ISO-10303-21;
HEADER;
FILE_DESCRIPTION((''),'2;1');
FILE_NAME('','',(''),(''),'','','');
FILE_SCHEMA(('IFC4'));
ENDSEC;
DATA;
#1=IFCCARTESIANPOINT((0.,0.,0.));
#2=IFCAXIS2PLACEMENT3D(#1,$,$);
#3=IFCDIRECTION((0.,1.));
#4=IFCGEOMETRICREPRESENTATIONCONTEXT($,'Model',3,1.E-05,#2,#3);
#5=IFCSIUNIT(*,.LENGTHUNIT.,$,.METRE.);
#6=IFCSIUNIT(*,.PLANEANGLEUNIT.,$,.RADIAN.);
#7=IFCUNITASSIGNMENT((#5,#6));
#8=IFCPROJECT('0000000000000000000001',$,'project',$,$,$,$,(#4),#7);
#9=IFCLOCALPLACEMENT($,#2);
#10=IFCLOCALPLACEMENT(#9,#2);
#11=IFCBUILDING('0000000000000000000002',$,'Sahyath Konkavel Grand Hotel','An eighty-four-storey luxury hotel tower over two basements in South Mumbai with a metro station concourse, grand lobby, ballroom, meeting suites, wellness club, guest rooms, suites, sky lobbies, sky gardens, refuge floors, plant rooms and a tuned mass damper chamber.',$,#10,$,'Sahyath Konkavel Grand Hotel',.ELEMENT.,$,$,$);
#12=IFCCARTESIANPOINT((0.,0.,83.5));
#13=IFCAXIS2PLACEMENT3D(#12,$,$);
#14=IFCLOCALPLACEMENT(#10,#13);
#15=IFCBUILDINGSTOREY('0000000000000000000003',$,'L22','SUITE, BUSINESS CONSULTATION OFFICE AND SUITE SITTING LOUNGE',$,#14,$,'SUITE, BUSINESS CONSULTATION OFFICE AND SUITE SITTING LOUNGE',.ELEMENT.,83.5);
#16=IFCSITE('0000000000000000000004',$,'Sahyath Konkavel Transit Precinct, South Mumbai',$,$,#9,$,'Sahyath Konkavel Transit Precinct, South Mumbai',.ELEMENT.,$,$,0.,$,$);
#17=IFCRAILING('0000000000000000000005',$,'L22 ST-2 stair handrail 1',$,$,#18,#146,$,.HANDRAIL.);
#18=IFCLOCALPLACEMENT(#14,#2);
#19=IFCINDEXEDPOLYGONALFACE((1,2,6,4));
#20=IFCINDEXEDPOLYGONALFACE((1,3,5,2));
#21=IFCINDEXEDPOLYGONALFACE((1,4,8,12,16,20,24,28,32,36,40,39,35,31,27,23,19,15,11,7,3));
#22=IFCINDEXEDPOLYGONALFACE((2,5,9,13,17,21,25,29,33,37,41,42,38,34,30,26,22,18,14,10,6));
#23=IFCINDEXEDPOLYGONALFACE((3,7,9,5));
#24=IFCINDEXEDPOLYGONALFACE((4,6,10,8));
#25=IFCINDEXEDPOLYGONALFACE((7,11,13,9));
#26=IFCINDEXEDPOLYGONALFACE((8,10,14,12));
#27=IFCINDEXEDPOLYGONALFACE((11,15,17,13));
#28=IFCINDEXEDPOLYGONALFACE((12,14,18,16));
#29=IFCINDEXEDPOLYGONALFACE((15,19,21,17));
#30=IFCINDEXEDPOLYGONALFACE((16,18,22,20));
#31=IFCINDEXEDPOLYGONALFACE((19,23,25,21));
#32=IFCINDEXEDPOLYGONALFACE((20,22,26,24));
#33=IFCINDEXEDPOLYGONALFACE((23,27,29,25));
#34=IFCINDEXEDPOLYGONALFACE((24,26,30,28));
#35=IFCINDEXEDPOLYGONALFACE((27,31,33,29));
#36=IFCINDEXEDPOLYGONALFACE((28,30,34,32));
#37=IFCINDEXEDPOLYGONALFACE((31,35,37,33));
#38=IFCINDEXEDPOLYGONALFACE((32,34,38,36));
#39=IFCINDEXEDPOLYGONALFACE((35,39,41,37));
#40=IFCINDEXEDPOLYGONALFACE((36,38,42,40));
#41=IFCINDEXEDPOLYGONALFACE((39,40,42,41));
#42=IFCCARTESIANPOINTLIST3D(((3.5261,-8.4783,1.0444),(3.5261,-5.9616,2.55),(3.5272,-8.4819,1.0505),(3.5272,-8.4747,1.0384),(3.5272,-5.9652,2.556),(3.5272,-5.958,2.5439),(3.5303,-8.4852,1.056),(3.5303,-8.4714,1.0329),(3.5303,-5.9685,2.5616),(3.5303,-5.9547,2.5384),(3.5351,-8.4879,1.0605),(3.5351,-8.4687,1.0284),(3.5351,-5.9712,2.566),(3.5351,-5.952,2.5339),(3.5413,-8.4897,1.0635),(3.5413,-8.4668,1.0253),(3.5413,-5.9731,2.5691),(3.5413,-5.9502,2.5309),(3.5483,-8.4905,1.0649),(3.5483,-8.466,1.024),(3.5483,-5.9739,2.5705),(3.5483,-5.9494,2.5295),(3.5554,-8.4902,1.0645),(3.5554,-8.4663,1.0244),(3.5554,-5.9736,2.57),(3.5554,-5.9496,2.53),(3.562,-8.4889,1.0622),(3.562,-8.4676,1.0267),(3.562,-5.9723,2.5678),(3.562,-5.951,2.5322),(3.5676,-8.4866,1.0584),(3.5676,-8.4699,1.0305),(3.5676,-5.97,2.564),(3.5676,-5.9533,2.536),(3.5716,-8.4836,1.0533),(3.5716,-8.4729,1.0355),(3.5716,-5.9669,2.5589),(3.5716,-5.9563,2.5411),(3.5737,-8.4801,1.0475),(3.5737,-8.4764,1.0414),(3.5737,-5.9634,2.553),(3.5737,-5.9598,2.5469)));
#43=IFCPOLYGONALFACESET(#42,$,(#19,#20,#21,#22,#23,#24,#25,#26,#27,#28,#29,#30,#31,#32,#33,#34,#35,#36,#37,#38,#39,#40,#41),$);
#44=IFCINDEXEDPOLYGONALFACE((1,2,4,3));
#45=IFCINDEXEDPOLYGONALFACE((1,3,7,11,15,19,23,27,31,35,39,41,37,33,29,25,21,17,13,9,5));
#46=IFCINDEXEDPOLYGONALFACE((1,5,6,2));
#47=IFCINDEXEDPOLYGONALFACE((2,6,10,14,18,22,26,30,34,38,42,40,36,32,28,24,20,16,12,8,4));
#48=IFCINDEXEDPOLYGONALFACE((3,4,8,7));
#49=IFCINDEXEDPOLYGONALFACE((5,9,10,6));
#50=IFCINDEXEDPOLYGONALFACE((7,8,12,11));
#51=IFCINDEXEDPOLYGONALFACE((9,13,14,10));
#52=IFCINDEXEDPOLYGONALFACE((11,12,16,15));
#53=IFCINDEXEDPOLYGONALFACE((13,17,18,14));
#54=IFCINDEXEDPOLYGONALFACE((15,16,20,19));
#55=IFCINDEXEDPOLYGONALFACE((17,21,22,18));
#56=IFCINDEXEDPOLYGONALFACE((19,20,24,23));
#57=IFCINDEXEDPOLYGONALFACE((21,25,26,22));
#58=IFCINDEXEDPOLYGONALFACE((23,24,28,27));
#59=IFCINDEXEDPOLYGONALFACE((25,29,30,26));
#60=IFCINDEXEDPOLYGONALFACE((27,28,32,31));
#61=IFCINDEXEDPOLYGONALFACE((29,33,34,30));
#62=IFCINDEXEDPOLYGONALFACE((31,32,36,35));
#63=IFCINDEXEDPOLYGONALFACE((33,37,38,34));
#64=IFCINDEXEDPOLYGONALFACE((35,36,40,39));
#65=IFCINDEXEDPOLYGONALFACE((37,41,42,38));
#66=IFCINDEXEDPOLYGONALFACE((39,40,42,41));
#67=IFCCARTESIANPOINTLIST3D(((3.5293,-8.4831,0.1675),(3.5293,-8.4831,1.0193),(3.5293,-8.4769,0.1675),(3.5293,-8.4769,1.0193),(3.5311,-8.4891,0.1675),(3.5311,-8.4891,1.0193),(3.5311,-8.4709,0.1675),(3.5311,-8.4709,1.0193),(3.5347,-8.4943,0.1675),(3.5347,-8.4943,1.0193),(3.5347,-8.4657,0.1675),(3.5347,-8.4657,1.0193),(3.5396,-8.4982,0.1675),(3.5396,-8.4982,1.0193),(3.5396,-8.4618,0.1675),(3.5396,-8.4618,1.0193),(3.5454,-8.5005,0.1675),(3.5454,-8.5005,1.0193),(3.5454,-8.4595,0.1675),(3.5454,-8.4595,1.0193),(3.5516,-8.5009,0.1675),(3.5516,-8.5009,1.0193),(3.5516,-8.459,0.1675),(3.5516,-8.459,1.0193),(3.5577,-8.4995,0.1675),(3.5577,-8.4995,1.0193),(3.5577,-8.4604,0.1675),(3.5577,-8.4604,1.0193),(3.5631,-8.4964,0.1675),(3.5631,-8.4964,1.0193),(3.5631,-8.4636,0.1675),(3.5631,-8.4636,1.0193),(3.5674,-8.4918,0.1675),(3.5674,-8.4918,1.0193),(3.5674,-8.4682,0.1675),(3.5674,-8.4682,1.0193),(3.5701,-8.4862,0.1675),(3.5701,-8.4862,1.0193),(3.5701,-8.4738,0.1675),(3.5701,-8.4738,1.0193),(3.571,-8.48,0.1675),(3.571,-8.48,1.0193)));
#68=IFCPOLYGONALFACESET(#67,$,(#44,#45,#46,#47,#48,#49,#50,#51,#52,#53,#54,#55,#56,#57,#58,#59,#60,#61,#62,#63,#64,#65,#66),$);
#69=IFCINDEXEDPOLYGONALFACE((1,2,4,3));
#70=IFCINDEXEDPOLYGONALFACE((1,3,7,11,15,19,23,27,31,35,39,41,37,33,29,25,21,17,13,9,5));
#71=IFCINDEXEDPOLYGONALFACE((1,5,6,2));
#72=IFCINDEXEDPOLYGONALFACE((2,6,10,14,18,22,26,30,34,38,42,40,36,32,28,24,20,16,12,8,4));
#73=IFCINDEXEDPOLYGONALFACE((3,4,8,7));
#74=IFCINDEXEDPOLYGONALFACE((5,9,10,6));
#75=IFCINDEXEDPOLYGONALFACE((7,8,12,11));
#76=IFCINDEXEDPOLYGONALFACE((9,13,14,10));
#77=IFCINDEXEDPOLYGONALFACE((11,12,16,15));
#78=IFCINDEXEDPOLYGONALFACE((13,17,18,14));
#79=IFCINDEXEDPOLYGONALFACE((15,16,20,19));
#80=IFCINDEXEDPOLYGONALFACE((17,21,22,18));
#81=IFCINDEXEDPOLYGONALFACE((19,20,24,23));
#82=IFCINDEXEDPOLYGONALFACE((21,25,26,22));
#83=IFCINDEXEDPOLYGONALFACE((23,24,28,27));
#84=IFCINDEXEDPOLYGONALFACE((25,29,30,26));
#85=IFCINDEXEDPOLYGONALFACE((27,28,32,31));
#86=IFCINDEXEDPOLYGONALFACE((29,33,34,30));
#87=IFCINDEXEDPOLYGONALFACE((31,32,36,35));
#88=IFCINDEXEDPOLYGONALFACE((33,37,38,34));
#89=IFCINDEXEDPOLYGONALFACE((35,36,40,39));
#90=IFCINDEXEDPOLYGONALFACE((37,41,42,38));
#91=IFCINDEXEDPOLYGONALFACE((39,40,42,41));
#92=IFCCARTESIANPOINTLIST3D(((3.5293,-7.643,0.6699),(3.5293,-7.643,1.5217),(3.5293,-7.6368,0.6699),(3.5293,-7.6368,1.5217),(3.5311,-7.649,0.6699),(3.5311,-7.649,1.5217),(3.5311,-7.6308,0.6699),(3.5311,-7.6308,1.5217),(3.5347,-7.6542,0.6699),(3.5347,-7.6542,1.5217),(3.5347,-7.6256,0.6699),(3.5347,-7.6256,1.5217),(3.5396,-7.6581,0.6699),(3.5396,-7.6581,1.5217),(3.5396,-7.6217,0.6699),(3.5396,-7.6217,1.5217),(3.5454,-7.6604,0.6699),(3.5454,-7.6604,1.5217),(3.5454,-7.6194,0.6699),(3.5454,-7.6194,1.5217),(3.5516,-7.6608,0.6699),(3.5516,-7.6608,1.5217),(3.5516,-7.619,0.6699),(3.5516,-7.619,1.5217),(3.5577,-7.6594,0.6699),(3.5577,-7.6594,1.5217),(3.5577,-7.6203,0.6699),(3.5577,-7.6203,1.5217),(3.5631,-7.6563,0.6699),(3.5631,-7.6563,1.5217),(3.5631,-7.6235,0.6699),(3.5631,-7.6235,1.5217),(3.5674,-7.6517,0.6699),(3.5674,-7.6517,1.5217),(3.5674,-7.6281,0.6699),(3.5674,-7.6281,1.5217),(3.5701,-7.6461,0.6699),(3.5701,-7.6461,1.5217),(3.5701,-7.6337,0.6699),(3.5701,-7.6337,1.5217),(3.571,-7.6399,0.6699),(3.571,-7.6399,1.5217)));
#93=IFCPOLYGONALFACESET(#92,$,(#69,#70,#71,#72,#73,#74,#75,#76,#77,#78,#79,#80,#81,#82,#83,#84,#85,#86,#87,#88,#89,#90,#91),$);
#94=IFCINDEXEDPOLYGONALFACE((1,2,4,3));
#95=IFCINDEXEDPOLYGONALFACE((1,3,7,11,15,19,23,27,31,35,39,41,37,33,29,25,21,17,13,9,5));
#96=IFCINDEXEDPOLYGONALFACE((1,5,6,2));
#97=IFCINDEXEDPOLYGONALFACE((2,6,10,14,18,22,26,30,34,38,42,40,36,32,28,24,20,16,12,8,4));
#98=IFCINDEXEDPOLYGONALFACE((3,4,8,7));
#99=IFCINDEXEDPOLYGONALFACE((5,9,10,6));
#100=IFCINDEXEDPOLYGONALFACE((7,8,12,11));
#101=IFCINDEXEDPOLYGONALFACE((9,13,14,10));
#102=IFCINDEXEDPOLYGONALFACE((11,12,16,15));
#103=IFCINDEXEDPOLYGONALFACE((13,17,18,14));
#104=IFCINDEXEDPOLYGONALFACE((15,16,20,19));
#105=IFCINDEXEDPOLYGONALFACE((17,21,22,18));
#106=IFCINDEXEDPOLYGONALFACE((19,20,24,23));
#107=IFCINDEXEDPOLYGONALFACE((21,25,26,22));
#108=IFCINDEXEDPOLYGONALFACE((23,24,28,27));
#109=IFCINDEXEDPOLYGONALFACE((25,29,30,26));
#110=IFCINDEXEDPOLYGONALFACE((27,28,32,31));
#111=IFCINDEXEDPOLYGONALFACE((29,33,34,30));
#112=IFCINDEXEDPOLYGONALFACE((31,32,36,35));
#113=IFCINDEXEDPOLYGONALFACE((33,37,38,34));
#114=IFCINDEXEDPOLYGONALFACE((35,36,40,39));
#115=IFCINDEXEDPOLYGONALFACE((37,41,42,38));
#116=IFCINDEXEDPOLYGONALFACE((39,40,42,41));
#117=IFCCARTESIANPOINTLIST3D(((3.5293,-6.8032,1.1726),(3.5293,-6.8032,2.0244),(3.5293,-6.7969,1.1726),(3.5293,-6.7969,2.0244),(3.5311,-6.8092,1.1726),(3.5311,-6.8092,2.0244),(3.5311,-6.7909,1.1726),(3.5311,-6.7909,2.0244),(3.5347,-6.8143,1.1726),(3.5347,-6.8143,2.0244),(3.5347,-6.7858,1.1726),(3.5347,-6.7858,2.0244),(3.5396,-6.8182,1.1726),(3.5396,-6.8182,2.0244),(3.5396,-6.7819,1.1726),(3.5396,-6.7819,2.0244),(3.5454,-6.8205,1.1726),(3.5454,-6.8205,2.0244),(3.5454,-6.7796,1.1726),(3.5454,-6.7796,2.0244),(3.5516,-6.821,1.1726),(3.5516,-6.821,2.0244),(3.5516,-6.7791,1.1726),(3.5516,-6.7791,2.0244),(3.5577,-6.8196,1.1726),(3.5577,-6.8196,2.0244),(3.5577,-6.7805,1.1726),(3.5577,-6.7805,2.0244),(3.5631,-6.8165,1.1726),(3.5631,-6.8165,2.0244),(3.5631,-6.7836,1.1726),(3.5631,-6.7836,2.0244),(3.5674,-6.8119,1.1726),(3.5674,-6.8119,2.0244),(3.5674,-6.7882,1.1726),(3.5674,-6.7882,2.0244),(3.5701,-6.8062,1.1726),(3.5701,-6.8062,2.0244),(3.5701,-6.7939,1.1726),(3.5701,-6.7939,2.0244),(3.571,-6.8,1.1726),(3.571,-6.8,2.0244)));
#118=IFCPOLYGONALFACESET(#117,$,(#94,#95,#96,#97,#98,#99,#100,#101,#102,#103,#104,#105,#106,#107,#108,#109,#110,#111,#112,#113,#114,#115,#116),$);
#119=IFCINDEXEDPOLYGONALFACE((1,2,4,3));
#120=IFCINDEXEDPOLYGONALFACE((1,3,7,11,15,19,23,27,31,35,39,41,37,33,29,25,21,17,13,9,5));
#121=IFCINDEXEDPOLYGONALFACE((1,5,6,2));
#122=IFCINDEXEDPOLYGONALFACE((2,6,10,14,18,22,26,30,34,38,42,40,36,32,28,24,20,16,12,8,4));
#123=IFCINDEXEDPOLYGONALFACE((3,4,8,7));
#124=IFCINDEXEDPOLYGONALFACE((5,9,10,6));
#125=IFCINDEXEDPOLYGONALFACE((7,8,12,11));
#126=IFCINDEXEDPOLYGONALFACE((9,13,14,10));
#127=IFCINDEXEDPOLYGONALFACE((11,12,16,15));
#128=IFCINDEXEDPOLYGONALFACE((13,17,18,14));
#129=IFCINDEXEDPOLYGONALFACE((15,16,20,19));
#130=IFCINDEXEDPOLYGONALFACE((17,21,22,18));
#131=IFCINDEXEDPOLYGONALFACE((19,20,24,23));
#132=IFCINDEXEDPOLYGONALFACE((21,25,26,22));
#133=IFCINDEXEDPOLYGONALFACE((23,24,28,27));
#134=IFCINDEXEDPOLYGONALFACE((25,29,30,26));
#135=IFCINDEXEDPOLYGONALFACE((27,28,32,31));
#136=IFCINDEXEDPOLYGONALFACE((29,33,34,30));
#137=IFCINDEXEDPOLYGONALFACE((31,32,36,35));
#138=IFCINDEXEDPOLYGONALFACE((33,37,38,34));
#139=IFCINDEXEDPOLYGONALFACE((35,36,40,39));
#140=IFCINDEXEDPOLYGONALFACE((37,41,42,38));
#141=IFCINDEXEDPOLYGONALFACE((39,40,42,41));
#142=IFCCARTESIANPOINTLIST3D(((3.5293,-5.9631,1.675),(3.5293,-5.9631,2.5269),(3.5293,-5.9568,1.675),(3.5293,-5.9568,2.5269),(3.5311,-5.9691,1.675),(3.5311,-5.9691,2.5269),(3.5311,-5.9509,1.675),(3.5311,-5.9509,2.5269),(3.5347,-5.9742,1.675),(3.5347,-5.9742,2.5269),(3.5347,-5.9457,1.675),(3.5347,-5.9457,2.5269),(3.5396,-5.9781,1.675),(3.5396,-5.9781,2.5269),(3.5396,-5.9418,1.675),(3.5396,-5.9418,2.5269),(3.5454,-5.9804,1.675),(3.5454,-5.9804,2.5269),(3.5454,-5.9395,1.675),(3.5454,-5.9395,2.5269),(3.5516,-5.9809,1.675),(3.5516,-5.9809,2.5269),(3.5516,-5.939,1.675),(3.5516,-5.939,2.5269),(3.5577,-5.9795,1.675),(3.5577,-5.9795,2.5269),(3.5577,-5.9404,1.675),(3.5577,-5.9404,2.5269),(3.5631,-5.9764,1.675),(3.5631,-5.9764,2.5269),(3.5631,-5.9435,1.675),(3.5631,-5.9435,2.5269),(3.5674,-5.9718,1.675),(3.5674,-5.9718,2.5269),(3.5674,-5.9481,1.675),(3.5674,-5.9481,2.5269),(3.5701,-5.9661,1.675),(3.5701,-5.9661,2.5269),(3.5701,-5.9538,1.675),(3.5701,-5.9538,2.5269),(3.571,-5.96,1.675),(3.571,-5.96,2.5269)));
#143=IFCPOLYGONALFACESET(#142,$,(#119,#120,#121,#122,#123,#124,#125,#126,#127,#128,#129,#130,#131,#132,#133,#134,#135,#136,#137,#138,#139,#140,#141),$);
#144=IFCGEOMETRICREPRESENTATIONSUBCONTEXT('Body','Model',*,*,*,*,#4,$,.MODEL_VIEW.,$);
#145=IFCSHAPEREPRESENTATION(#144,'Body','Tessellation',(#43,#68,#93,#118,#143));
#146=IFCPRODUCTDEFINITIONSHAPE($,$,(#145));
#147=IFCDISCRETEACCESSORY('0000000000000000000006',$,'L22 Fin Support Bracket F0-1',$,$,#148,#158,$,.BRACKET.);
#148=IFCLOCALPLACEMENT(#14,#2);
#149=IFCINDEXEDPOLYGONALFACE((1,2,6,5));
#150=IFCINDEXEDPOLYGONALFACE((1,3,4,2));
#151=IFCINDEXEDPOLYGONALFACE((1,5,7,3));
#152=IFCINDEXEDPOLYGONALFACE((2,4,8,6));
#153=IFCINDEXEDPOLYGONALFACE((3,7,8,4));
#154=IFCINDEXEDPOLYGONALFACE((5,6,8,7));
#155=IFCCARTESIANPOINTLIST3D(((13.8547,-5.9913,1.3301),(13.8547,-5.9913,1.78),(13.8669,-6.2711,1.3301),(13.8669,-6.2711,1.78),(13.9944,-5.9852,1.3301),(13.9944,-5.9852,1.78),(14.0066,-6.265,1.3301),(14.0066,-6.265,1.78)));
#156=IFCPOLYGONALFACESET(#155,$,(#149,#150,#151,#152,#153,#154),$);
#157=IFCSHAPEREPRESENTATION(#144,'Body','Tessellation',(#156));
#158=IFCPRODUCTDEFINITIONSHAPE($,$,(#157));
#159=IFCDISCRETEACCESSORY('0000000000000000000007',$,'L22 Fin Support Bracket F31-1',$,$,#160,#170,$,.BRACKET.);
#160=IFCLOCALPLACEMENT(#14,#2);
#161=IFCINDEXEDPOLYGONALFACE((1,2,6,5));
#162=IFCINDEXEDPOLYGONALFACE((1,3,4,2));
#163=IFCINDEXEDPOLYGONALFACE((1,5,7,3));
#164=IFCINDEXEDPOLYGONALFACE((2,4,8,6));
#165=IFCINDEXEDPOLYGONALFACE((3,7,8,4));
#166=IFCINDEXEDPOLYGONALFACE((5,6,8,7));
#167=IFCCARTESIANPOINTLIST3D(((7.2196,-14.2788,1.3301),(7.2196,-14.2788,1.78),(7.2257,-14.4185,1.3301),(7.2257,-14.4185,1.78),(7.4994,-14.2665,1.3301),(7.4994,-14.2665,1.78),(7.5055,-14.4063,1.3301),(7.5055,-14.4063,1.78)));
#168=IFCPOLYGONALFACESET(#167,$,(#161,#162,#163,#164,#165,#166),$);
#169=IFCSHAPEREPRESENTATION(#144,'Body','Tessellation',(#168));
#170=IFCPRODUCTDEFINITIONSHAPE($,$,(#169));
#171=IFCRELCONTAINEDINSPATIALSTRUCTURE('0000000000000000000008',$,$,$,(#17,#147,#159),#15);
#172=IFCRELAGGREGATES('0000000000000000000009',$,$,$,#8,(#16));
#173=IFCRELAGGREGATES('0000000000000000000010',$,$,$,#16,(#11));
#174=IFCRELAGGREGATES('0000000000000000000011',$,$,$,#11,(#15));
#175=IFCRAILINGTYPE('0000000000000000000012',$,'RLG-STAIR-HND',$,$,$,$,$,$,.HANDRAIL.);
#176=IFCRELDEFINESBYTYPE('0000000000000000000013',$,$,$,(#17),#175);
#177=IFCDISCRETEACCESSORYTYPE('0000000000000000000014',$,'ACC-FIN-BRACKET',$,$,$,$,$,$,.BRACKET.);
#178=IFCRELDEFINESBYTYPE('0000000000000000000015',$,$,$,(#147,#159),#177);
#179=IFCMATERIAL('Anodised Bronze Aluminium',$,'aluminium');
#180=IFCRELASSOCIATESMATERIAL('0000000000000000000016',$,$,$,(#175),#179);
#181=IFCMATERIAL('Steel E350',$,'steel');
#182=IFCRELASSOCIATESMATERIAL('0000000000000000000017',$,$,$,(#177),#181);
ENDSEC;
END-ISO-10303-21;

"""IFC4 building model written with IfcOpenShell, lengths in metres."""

from ifc_helpers import new_model, si_unit, direction, frame, origin, origin_2d, place, context, subcontext, project, spatial, rectangle, circle, extrude, source, transform, mapped, material, type_object, element, save


model = new_model("IFC4")

# Units and contexts
model_context = context("Model", 3, precision=1e-05, world=origin(), true_north=direction((0.0, 1.0)))
body_context = subcontext(model_context, "Body", "Model", "MODEL_VIEW")
ifc_project = project(units=[si_unit("LENGTHUNIT", "METRE"), si_unit("PLANEANGLEUNIT", "RADIAN")], contexts=[model_context])

# Site, building, storey
site_placement = place(None, origin())
site = spatial("IfcSite", under=ifc_project, at=site_placement, Name="Sahyath Konkavel Transit Precinct, South Mumbai", LongName="Sahyath Konkavel Transit Precinct, South Mumbai", CompositionType="ELEMENT", RefElevation=0.0)
building_placement = place(site_placement, origin())
building = spatial("IfcBuilding", under=site, at=building_placement, Name="Sahyath Konkavel Grand Hotel", Description="An eighty-four-storey luxury hotel tower over two basements in South Mumbai with a metro station concourse, grand lobby, ballroom, meeting suites, wellness club, guest rooms, suites, sky lobbies, sky gardens, refuge floors, plant rooms and a tuned mass damper chamber.", LongName="Sahyath Konkavel Grand Hotel", CompositionType="ELEMENT")
storey_placement = place(building_placement, frame((0.0, 0.0, 83.5)))
storey = spatial("IfcBuildingStorey", under=building, at=storey_placement, Name="L22", Description="SUITE, BUSINESS CONSULTATION OFFICE AND SUITE SITTING LOUNGE", LongName="SUITE, BUSINESS CONSULTATION OFFICE AND SUITE SITTING LOUNGE", CompositionType="ELEMENT", Elevation=83.5)

# Shared definitions
ifc_material_1 = material(Name="Steel E350", Category="steel")

# Shared definitions
ifc_material_2 = material(Name="Anodised Bronze Aluminium", Category="aluminium")

# Railing
railing_type_1 = type_object("IfcRailingType", Name="RLG-STAIR-HND", PredefinedType="HANDRAIL", material=ifc_material_2)
railing_1_placement = place(storey_placement, frame((3.55, -8.48, 0.1675)))
element("IfcRailing", 1, at=railing_1_placement, inside=storey, type_object=railing_type_1, Name="L22 ST-2 stair handrail 1", PredefinedType="HANDRAIL", context=body_context, shape_type="SweptSolid", body=[
    extrude(circle(Radius=0.0239, at=origin_2d()), frame((0.0, 0.0017, 0.877), z_axis=(0.0, 0.85816, 0.513383), x_axis=(-1.0, 0.0, 0.0)), (0.0, 0.0, 1.0), 2.9326),
    extrude(circle(Radius=0.021, at=origin_2d()), origin(), (0.0, 0.0, 1.0), 0.8518),
    extrude(circle(Radius=0.021, at=origin_2d()), frame((0.0, 0.8401, 0.5024)), (0.0, 0.0, 1.0), 0.8518),
    extrude(circle(Radius=0.021, at=origin_2d()), frame((0.0, 1.6799, 1.0051)), (0.0, 0.0, 1.0), 0.8518),
    extrude(circle(Radius=0.021, at=origin_2d()), frame((0.0, 2.52, 1.5076)), (0.0, 0.0, 1.0), 0.8518),
])

# Discrete accessories
discrete_accessory_type = type_object("IfcDiscreteAccessoryType", Name="ACC-FIN-BRACKET", PredefinedType="BRACKET", material=ifc_material_1)
shared_shape_1 = source(origin(), body_context, "Body", "SweptSolid", [
    extrude(rectangle(XDim=0.28, YDim=0.1399, at=origin_2d()), origin(), (0.0, 0.0, 1.0), 0.45),
])
for number, where, z_axis, x_axis, name in (
    (2, (13.9307, -6.1282, 1.3301), (0.0, 0.0, 1.0), (0.043602, -0.999049, 0.0), "L22 Fin Support Bracket F0-1"),
    (3, (7.3625, -14.3425, 1.3301), (0.0, 0.0, 1.0), (0.999048, 0.043619, 0.0), "L22 Fin Support Bracket F31-1"),
):
    element("IfcDiscreteAccessory", number, at=place(storey_placement, frame(where, z_axis=z_axis, x_axis=x_axis)), inside=storey, type_object=discrete_accessory_type, Name=name, PredefinedType="BRACKET", context=body_context, shape_type="MappedRepresentation", body=[
        mapped(shared_shape_1, transform((0.0, 0.0, 0.0), scale=1.0)),
    ])

save(model, "model.ifc")
